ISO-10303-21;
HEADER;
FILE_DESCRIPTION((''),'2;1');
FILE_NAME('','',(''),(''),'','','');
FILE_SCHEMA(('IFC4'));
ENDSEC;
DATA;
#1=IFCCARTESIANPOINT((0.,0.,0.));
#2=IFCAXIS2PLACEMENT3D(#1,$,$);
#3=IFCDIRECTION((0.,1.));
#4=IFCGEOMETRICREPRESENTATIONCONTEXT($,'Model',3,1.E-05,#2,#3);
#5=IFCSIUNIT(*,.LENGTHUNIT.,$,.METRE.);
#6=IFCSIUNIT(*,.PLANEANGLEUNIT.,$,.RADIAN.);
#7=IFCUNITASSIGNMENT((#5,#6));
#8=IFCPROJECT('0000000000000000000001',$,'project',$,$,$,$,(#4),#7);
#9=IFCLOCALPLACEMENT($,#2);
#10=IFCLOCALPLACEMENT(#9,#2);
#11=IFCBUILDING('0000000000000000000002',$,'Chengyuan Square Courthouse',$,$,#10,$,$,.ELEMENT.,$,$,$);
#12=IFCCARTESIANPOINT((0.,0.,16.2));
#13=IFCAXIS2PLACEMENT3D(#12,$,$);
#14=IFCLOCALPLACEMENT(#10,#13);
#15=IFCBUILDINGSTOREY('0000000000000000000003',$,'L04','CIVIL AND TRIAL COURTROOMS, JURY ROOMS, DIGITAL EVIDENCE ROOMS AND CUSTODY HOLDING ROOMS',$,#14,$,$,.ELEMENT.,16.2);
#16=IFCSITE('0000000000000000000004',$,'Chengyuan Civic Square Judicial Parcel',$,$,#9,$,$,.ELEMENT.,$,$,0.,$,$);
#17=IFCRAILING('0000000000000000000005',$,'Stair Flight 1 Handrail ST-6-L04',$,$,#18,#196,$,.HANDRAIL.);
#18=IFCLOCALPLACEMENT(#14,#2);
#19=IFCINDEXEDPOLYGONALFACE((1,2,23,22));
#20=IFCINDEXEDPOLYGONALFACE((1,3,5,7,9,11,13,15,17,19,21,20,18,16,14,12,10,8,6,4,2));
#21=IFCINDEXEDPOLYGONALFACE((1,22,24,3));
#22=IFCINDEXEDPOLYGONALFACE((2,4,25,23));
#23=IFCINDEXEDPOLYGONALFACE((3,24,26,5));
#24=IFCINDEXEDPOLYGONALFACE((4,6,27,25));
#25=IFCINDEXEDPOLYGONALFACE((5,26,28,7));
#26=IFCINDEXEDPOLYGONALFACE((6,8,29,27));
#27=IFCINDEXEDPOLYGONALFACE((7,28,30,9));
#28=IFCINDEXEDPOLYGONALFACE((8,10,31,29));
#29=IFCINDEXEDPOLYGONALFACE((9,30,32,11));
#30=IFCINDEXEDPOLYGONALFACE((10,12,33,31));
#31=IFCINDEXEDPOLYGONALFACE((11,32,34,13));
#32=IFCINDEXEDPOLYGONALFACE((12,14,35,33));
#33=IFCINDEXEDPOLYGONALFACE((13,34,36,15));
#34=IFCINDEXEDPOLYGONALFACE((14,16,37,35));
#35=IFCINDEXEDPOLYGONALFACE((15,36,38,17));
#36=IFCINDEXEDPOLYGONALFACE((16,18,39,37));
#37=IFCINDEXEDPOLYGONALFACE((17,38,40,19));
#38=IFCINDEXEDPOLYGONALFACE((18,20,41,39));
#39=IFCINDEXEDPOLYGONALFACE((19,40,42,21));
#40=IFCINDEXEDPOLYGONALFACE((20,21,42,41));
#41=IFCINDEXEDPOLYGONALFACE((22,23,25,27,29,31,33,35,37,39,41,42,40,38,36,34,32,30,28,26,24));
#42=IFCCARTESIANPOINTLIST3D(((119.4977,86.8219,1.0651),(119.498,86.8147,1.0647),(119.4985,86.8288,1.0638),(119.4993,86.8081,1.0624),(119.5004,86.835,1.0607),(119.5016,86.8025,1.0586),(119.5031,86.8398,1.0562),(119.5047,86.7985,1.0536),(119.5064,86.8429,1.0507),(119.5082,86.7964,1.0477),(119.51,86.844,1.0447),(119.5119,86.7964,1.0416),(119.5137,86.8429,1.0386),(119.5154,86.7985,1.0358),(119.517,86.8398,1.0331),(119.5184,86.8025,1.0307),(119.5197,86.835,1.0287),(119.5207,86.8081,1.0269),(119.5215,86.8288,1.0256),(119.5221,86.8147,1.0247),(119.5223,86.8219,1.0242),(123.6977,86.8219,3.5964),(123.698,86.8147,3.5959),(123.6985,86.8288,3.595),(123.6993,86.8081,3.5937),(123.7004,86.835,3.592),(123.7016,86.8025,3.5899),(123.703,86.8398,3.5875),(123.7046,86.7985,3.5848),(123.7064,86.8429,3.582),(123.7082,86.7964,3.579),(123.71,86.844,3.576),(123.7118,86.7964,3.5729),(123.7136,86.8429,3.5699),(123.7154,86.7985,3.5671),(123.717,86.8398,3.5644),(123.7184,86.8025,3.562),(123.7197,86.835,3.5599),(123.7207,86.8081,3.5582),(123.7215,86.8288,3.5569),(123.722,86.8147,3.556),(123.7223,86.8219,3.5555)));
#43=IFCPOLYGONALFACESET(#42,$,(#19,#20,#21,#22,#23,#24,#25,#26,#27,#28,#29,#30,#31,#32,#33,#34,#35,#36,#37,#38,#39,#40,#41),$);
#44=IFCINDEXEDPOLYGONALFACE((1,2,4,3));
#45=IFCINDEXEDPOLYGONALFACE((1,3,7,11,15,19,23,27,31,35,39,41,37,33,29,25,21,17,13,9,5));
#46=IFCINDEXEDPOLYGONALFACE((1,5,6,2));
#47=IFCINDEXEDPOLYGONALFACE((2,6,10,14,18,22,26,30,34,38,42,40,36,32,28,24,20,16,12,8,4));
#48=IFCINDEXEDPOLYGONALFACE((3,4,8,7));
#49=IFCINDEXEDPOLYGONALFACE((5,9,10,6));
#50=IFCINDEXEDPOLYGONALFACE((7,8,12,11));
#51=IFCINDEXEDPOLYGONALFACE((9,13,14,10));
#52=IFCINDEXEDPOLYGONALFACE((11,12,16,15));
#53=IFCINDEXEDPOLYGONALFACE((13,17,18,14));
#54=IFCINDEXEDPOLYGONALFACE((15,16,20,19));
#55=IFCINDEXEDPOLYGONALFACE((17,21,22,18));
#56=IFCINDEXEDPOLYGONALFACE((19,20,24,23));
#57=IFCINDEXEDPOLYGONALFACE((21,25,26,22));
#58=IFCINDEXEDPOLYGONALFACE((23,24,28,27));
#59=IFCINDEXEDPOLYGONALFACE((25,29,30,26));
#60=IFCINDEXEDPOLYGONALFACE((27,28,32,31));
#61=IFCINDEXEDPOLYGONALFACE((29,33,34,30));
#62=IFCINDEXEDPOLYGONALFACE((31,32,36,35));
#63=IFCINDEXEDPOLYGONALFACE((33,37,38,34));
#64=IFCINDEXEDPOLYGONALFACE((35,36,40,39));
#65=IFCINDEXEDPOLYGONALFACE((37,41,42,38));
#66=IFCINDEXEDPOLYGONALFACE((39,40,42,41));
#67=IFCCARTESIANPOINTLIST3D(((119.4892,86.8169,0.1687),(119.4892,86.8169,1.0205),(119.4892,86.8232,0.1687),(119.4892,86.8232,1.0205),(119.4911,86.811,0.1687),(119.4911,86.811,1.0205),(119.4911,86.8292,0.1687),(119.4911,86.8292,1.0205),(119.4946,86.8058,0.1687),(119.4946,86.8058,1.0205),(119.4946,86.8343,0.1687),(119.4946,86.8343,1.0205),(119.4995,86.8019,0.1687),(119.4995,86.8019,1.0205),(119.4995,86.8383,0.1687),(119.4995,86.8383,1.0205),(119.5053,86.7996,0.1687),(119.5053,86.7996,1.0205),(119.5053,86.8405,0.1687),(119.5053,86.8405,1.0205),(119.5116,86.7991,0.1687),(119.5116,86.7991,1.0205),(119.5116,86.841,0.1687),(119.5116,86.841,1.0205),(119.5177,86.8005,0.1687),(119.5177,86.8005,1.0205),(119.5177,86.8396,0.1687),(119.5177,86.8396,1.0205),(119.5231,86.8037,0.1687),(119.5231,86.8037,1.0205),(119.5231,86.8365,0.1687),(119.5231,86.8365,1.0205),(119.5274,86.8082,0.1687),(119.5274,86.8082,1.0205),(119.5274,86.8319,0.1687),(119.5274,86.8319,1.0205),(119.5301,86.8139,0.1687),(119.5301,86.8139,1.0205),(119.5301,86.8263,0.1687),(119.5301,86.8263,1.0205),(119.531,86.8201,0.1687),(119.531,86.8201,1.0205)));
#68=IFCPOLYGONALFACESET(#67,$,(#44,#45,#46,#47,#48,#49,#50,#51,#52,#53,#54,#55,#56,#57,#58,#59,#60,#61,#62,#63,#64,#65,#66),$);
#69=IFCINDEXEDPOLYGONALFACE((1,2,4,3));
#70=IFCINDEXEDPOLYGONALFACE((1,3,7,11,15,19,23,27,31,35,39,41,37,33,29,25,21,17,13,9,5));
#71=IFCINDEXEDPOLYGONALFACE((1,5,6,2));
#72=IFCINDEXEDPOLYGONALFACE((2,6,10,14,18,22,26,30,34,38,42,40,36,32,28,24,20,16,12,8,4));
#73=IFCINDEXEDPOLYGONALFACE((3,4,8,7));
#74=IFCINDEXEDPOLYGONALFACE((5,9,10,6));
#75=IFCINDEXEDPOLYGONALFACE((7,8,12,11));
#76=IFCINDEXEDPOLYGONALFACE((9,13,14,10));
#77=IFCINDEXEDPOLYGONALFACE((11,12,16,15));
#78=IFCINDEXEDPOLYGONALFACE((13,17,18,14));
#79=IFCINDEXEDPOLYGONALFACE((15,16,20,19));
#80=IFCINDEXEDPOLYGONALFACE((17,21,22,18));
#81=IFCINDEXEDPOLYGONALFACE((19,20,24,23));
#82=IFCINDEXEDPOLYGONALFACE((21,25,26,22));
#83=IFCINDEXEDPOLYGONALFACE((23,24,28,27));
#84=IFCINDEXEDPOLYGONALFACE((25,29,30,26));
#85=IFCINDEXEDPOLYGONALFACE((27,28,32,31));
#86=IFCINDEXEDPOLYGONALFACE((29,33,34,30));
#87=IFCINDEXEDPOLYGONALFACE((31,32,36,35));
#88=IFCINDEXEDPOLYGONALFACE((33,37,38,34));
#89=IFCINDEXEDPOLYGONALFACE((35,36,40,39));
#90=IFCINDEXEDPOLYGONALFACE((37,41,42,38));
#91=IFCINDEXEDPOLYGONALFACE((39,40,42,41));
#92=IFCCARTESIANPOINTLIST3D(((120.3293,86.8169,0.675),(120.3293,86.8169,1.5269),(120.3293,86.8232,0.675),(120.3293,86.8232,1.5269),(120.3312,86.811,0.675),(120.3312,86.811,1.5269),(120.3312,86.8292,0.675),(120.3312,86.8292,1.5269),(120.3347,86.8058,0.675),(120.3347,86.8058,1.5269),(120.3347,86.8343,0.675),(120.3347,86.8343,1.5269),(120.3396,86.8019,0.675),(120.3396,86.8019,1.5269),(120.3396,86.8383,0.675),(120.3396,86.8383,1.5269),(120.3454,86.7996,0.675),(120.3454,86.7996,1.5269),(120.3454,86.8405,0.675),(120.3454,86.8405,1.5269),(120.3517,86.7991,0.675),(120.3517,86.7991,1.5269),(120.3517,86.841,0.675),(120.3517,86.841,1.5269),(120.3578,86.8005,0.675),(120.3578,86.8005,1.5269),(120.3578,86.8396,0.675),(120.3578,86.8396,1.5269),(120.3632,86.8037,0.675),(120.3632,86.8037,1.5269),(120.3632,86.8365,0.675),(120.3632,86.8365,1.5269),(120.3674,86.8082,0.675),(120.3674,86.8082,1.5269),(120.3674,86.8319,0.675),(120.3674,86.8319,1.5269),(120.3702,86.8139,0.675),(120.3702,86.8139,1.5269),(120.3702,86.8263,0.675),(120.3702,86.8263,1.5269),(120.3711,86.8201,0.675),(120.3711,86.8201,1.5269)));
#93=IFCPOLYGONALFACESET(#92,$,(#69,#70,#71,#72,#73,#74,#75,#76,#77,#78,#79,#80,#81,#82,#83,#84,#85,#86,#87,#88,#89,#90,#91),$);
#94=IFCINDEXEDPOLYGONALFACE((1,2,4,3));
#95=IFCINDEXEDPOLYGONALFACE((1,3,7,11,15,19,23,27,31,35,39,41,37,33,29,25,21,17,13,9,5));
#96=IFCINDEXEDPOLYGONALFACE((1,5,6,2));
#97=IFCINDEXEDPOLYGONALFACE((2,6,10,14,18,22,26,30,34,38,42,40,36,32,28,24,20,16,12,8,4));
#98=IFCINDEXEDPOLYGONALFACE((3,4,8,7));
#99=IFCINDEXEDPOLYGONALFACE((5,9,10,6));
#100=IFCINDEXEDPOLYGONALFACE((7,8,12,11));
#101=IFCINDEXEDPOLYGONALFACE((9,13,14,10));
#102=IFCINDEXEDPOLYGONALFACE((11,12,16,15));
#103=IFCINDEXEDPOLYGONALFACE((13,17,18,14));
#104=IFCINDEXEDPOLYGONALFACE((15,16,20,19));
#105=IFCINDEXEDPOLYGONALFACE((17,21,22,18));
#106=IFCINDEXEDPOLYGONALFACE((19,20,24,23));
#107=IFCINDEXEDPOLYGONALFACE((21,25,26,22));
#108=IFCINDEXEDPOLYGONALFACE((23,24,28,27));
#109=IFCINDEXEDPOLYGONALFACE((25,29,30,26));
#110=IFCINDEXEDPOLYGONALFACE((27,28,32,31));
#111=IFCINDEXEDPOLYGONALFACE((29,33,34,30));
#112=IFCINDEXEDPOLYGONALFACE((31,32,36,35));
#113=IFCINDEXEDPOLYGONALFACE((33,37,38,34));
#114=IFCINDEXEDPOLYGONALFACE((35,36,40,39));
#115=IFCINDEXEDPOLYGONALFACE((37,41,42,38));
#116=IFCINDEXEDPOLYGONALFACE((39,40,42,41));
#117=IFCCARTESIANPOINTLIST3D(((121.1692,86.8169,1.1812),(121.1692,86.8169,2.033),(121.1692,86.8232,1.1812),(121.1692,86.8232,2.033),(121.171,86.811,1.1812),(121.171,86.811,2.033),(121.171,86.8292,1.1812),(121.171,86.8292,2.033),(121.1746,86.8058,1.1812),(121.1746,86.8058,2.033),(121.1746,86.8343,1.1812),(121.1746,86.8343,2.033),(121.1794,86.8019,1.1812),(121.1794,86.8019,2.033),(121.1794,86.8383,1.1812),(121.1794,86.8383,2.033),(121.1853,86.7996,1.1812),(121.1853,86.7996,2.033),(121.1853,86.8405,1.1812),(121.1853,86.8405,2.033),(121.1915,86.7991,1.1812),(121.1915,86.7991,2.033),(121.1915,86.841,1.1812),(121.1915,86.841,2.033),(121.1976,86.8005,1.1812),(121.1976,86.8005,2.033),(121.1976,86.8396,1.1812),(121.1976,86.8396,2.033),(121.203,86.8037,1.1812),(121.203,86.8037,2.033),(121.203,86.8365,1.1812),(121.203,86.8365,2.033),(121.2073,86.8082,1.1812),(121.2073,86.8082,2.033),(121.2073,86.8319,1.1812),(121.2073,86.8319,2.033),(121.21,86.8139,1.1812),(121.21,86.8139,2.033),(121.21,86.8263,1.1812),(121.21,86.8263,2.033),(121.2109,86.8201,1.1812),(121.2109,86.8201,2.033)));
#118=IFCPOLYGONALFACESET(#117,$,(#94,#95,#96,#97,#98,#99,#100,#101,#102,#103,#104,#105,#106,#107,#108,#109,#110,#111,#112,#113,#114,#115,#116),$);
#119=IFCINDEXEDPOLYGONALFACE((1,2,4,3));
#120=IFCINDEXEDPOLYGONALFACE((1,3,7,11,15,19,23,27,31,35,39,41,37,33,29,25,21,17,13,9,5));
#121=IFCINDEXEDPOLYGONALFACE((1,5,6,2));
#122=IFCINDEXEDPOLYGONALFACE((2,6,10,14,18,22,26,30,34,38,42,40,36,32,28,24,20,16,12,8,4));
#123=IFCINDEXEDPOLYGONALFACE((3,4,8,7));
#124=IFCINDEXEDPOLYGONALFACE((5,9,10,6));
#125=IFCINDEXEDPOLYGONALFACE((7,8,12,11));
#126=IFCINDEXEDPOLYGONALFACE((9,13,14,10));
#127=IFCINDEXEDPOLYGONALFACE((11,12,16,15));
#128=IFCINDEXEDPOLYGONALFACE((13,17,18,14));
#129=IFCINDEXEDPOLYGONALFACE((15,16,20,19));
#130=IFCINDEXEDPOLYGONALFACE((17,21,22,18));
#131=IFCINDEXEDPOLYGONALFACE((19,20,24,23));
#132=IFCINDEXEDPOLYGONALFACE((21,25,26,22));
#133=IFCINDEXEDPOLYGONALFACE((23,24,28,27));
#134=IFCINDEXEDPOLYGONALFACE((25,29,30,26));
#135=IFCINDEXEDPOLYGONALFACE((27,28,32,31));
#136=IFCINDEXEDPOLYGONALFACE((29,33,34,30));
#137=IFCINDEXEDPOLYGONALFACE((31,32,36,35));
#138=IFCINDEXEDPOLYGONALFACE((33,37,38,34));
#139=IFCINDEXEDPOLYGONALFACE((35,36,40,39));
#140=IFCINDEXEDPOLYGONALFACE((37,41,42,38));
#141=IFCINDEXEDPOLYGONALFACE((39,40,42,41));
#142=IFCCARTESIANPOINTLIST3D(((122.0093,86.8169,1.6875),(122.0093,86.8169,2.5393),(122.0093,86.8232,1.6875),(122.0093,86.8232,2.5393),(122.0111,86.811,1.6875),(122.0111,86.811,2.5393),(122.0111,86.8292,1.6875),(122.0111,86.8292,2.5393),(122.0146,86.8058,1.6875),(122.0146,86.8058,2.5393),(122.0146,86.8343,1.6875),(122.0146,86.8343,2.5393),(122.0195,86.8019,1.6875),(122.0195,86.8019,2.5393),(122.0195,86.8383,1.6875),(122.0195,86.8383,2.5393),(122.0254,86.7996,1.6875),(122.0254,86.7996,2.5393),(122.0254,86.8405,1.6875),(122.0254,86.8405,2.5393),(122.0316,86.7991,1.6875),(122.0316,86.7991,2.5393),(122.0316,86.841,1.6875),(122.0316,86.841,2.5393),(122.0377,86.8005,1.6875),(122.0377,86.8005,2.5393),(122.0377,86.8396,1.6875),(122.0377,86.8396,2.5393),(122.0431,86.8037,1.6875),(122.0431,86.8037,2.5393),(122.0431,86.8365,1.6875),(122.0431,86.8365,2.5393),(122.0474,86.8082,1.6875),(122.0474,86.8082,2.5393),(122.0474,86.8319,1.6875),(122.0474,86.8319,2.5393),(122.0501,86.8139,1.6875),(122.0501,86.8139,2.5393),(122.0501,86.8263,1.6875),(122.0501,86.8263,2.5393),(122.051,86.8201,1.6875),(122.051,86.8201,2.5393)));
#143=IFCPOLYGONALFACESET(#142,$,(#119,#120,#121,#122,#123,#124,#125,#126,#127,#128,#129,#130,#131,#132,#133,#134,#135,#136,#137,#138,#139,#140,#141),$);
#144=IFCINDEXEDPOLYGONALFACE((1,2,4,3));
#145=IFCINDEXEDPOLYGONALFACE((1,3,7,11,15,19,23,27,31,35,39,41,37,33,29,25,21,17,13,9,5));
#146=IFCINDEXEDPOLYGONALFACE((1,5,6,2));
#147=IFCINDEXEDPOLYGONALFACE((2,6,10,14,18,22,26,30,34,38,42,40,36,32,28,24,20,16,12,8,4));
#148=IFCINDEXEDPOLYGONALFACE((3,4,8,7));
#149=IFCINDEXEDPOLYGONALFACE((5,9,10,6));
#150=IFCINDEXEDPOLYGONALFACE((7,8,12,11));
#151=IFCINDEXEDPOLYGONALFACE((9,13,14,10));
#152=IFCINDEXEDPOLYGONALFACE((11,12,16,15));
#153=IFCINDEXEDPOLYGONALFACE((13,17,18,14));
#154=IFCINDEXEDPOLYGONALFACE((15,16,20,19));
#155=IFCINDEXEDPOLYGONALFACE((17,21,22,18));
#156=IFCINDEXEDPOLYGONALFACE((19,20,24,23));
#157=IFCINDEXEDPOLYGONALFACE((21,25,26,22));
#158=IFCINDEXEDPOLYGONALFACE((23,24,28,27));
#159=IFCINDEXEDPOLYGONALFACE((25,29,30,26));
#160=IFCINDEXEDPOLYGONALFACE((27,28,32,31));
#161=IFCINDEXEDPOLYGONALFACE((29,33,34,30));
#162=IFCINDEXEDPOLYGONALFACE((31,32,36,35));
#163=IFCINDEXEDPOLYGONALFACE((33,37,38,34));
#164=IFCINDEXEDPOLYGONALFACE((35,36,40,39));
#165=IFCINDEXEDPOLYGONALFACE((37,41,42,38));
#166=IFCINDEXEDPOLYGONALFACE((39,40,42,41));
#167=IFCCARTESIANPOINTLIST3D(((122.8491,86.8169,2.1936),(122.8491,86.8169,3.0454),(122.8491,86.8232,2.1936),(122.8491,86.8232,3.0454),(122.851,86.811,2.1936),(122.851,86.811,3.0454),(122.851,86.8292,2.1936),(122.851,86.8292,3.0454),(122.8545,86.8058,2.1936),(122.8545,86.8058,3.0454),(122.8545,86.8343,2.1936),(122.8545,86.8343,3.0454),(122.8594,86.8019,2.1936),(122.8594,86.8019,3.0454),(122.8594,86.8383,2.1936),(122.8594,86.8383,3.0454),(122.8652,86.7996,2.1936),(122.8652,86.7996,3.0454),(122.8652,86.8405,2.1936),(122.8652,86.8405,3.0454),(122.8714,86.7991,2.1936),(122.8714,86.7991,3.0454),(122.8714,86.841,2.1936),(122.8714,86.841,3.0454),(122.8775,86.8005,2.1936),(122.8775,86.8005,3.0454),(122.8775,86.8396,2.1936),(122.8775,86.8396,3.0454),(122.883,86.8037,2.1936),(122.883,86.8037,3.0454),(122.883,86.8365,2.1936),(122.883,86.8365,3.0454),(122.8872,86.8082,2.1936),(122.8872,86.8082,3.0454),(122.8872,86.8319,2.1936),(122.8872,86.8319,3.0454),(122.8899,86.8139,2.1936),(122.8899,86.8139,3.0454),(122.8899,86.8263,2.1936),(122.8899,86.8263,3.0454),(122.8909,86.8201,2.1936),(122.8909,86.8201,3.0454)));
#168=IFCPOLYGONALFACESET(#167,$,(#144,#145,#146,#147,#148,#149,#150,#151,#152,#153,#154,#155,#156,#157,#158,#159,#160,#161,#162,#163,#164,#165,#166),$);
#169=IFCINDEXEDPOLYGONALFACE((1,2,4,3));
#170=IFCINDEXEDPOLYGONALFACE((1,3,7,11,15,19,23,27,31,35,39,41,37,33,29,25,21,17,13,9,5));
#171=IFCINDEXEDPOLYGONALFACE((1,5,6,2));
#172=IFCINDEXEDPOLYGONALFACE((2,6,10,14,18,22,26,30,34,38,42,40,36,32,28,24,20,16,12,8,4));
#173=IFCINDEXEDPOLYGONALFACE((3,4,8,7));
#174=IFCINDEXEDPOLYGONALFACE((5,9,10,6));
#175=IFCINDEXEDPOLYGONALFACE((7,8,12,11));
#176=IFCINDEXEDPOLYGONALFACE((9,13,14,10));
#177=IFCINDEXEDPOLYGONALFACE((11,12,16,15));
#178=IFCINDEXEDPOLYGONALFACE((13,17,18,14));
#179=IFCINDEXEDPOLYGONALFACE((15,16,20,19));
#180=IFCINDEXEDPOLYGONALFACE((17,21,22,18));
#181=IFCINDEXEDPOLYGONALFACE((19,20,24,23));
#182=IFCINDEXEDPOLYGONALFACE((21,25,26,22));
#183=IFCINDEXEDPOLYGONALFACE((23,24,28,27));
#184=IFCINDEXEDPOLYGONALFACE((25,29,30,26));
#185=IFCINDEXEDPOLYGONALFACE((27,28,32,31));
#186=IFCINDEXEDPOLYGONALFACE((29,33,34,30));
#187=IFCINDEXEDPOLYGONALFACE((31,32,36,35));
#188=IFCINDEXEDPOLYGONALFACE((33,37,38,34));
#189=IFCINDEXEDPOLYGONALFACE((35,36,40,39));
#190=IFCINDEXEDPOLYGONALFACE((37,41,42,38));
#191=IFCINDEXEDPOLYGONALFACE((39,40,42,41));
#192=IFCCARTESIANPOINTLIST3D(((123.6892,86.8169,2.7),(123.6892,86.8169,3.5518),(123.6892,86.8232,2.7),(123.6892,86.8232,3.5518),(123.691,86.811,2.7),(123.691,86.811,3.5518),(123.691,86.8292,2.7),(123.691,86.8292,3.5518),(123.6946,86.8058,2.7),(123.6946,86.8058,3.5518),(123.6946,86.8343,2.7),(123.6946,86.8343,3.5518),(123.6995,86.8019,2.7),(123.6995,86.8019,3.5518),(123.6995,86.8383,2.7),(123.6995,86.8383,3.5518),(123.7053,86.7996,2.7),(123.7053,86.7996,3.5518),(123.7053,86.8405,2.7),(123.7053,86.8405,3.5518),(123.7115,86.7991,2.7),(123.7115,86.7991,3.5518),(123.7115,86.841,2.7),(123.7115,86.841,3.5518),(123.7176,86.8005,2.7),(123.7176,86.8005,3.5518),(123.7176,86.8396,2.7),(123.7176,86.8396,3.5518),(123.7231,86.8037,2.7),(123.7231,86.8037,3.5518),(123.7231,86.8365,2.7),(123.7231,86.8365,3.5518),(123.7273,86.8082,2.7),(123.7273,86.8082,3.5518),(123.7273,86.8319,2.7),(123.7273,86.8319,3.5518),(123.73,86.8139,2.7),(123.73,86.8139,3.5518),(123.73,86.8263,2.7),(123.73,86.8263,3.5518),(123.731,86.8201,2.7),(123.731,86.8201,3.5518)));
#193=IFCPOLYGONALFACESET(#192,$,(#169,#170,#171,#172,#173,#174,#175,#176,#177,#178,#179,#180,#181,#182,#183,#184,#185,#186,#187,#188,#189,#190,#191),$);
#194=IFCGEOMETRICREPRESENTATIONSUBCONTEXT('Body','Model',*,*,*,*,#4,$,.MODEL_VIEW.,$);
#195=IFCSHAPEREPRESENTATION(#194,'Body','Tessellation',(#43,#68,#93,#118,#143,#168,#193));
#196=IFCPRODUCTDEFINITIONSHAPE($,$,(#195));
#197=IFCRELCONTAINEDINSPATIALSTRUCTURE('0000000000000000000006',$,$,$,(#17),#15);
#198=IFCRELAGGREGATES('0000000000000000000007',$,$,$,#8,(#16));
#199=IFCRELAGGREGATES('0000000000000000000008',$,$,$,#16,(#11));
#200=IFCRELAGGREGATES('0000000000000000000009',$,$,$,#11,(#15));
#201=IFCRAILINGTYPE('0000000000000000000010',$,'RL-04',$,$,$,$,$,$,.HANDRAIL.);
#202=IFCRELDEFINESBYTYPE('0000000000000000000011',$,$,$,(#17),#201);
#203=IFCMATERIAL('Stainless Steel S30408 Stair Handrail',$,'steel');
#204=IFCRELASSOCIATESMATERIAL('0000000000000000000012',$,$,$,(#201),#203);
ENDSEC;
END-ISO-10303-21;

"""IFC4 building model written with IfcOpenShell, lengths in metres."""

from ifc_helpers import new_model, si_unit, direction, frame, origin, origin_2d, place, context, subcontext, project, spatial, circle, extrude, material, type_object, element, save


model = new_model("IFC4")

# Units and contexts
model_context = context("Model", 3, precision=1e-05, world=origin(), true_north=direction((0.0, 1.0)))
body_context = subcontext(model_context, "Body", "Model", "MODEL_VIEW")
ifc_project = project(units=[si_unit("LENGTHUNIT", "METRE"), si_unit("PLANEANGLEUNIT", "RADIAN")], contexts=[model_context])

# Site, building, storey
site_placement = place(None, origin())
site = spatial("IfcSite", under=ifc_project, at=site_placement, Name="Chengyuan Civic Square Judicial Parcel", CompositionType="ELEMENT", RefElevation=0.0)
building_placement = place(site_placement, origin())
building = spatial("IfcBuilding", under=site, at=building_placement, Name="Chengyuan Square Courthouse", CompositionType="ELEMENT")
storey_placement = place(building_placement, frame((0.0, 0.0, 16.2)))
storey = spatial("IfcBuildingStorey", under=building, at=storey_placement, Name="L04", Description="CIVIL AND TRIAL COURTROOMS, JURY ROOMS, DIGITAL EVIDENCE ROOMS AND CUSTODY HOLDING ROOMS", CompositionType="ELEMENT", Elevation=16.2)

# Railing
ifc_material_1 = material(Name="Stainless Steel S30408 Stair Handrail", Category="steel")
railing_type_1 = type_object("IfcRailingType", Name="RL-04", PredefinedType="HANDRAIL", material=ifc_material_1)
railing_1_placement = place(storey_placement, frame((119.51, 86.8201, 0.1687)))
element("IfcRailing", 1, at=railing_1_placement, inside=storey, type_object=railing_type_1, Name="Stair Flight 1 Handrail ST-6-L04", PredefinedType="HANDRAIL", context=body_context, shape_type="SweptSolid", body=[
    extrude(circle(Radius=0.0239, at=origin_2d()), frame((0.0, 0.0, 0.876), z_axis=(0.856476, 0.0, 0.516186), x_axis=(0.0, 1.0, 0.0)), (0.0, 0.0, 1.0), 4.9038),
    extrude(circle(Radius=0.021, at=origin_2d()), origin(), (0.0, 0.0, 1.0), 0.8518),
    extrude(circle(Radius=0.021, at=origin_2d()), frame((0.8401, 0.0, 0.5063)), (0.0, 0.0, 1.0), 0.8518),
    extrude(circle(Radius=0.021, at=origin_2d()), frame((1.6799, 0.0, 1.0125)), (0.0, 0.0, 1.0), 0.8518),
    extrude(circle(Radius=0.021, at=origin_2d()), frame((2.52, 0.0, 1.5188)), (0.0, 0.0, 1.0), 0.8518),
    extrude(circle(Radius=0.021, at=origin_2d()), frame((3.3599, 0.0, 2.0249)), (0.0, 0.0, 1.0), 0.8518),
    extrude(circle(Radius=0.021, at=origin_2d()), frame((4.2, 0.0, 2.5312)), (0.0, 0.0, 1.0), 0.8518),
])

save(model, "model.ifc")
